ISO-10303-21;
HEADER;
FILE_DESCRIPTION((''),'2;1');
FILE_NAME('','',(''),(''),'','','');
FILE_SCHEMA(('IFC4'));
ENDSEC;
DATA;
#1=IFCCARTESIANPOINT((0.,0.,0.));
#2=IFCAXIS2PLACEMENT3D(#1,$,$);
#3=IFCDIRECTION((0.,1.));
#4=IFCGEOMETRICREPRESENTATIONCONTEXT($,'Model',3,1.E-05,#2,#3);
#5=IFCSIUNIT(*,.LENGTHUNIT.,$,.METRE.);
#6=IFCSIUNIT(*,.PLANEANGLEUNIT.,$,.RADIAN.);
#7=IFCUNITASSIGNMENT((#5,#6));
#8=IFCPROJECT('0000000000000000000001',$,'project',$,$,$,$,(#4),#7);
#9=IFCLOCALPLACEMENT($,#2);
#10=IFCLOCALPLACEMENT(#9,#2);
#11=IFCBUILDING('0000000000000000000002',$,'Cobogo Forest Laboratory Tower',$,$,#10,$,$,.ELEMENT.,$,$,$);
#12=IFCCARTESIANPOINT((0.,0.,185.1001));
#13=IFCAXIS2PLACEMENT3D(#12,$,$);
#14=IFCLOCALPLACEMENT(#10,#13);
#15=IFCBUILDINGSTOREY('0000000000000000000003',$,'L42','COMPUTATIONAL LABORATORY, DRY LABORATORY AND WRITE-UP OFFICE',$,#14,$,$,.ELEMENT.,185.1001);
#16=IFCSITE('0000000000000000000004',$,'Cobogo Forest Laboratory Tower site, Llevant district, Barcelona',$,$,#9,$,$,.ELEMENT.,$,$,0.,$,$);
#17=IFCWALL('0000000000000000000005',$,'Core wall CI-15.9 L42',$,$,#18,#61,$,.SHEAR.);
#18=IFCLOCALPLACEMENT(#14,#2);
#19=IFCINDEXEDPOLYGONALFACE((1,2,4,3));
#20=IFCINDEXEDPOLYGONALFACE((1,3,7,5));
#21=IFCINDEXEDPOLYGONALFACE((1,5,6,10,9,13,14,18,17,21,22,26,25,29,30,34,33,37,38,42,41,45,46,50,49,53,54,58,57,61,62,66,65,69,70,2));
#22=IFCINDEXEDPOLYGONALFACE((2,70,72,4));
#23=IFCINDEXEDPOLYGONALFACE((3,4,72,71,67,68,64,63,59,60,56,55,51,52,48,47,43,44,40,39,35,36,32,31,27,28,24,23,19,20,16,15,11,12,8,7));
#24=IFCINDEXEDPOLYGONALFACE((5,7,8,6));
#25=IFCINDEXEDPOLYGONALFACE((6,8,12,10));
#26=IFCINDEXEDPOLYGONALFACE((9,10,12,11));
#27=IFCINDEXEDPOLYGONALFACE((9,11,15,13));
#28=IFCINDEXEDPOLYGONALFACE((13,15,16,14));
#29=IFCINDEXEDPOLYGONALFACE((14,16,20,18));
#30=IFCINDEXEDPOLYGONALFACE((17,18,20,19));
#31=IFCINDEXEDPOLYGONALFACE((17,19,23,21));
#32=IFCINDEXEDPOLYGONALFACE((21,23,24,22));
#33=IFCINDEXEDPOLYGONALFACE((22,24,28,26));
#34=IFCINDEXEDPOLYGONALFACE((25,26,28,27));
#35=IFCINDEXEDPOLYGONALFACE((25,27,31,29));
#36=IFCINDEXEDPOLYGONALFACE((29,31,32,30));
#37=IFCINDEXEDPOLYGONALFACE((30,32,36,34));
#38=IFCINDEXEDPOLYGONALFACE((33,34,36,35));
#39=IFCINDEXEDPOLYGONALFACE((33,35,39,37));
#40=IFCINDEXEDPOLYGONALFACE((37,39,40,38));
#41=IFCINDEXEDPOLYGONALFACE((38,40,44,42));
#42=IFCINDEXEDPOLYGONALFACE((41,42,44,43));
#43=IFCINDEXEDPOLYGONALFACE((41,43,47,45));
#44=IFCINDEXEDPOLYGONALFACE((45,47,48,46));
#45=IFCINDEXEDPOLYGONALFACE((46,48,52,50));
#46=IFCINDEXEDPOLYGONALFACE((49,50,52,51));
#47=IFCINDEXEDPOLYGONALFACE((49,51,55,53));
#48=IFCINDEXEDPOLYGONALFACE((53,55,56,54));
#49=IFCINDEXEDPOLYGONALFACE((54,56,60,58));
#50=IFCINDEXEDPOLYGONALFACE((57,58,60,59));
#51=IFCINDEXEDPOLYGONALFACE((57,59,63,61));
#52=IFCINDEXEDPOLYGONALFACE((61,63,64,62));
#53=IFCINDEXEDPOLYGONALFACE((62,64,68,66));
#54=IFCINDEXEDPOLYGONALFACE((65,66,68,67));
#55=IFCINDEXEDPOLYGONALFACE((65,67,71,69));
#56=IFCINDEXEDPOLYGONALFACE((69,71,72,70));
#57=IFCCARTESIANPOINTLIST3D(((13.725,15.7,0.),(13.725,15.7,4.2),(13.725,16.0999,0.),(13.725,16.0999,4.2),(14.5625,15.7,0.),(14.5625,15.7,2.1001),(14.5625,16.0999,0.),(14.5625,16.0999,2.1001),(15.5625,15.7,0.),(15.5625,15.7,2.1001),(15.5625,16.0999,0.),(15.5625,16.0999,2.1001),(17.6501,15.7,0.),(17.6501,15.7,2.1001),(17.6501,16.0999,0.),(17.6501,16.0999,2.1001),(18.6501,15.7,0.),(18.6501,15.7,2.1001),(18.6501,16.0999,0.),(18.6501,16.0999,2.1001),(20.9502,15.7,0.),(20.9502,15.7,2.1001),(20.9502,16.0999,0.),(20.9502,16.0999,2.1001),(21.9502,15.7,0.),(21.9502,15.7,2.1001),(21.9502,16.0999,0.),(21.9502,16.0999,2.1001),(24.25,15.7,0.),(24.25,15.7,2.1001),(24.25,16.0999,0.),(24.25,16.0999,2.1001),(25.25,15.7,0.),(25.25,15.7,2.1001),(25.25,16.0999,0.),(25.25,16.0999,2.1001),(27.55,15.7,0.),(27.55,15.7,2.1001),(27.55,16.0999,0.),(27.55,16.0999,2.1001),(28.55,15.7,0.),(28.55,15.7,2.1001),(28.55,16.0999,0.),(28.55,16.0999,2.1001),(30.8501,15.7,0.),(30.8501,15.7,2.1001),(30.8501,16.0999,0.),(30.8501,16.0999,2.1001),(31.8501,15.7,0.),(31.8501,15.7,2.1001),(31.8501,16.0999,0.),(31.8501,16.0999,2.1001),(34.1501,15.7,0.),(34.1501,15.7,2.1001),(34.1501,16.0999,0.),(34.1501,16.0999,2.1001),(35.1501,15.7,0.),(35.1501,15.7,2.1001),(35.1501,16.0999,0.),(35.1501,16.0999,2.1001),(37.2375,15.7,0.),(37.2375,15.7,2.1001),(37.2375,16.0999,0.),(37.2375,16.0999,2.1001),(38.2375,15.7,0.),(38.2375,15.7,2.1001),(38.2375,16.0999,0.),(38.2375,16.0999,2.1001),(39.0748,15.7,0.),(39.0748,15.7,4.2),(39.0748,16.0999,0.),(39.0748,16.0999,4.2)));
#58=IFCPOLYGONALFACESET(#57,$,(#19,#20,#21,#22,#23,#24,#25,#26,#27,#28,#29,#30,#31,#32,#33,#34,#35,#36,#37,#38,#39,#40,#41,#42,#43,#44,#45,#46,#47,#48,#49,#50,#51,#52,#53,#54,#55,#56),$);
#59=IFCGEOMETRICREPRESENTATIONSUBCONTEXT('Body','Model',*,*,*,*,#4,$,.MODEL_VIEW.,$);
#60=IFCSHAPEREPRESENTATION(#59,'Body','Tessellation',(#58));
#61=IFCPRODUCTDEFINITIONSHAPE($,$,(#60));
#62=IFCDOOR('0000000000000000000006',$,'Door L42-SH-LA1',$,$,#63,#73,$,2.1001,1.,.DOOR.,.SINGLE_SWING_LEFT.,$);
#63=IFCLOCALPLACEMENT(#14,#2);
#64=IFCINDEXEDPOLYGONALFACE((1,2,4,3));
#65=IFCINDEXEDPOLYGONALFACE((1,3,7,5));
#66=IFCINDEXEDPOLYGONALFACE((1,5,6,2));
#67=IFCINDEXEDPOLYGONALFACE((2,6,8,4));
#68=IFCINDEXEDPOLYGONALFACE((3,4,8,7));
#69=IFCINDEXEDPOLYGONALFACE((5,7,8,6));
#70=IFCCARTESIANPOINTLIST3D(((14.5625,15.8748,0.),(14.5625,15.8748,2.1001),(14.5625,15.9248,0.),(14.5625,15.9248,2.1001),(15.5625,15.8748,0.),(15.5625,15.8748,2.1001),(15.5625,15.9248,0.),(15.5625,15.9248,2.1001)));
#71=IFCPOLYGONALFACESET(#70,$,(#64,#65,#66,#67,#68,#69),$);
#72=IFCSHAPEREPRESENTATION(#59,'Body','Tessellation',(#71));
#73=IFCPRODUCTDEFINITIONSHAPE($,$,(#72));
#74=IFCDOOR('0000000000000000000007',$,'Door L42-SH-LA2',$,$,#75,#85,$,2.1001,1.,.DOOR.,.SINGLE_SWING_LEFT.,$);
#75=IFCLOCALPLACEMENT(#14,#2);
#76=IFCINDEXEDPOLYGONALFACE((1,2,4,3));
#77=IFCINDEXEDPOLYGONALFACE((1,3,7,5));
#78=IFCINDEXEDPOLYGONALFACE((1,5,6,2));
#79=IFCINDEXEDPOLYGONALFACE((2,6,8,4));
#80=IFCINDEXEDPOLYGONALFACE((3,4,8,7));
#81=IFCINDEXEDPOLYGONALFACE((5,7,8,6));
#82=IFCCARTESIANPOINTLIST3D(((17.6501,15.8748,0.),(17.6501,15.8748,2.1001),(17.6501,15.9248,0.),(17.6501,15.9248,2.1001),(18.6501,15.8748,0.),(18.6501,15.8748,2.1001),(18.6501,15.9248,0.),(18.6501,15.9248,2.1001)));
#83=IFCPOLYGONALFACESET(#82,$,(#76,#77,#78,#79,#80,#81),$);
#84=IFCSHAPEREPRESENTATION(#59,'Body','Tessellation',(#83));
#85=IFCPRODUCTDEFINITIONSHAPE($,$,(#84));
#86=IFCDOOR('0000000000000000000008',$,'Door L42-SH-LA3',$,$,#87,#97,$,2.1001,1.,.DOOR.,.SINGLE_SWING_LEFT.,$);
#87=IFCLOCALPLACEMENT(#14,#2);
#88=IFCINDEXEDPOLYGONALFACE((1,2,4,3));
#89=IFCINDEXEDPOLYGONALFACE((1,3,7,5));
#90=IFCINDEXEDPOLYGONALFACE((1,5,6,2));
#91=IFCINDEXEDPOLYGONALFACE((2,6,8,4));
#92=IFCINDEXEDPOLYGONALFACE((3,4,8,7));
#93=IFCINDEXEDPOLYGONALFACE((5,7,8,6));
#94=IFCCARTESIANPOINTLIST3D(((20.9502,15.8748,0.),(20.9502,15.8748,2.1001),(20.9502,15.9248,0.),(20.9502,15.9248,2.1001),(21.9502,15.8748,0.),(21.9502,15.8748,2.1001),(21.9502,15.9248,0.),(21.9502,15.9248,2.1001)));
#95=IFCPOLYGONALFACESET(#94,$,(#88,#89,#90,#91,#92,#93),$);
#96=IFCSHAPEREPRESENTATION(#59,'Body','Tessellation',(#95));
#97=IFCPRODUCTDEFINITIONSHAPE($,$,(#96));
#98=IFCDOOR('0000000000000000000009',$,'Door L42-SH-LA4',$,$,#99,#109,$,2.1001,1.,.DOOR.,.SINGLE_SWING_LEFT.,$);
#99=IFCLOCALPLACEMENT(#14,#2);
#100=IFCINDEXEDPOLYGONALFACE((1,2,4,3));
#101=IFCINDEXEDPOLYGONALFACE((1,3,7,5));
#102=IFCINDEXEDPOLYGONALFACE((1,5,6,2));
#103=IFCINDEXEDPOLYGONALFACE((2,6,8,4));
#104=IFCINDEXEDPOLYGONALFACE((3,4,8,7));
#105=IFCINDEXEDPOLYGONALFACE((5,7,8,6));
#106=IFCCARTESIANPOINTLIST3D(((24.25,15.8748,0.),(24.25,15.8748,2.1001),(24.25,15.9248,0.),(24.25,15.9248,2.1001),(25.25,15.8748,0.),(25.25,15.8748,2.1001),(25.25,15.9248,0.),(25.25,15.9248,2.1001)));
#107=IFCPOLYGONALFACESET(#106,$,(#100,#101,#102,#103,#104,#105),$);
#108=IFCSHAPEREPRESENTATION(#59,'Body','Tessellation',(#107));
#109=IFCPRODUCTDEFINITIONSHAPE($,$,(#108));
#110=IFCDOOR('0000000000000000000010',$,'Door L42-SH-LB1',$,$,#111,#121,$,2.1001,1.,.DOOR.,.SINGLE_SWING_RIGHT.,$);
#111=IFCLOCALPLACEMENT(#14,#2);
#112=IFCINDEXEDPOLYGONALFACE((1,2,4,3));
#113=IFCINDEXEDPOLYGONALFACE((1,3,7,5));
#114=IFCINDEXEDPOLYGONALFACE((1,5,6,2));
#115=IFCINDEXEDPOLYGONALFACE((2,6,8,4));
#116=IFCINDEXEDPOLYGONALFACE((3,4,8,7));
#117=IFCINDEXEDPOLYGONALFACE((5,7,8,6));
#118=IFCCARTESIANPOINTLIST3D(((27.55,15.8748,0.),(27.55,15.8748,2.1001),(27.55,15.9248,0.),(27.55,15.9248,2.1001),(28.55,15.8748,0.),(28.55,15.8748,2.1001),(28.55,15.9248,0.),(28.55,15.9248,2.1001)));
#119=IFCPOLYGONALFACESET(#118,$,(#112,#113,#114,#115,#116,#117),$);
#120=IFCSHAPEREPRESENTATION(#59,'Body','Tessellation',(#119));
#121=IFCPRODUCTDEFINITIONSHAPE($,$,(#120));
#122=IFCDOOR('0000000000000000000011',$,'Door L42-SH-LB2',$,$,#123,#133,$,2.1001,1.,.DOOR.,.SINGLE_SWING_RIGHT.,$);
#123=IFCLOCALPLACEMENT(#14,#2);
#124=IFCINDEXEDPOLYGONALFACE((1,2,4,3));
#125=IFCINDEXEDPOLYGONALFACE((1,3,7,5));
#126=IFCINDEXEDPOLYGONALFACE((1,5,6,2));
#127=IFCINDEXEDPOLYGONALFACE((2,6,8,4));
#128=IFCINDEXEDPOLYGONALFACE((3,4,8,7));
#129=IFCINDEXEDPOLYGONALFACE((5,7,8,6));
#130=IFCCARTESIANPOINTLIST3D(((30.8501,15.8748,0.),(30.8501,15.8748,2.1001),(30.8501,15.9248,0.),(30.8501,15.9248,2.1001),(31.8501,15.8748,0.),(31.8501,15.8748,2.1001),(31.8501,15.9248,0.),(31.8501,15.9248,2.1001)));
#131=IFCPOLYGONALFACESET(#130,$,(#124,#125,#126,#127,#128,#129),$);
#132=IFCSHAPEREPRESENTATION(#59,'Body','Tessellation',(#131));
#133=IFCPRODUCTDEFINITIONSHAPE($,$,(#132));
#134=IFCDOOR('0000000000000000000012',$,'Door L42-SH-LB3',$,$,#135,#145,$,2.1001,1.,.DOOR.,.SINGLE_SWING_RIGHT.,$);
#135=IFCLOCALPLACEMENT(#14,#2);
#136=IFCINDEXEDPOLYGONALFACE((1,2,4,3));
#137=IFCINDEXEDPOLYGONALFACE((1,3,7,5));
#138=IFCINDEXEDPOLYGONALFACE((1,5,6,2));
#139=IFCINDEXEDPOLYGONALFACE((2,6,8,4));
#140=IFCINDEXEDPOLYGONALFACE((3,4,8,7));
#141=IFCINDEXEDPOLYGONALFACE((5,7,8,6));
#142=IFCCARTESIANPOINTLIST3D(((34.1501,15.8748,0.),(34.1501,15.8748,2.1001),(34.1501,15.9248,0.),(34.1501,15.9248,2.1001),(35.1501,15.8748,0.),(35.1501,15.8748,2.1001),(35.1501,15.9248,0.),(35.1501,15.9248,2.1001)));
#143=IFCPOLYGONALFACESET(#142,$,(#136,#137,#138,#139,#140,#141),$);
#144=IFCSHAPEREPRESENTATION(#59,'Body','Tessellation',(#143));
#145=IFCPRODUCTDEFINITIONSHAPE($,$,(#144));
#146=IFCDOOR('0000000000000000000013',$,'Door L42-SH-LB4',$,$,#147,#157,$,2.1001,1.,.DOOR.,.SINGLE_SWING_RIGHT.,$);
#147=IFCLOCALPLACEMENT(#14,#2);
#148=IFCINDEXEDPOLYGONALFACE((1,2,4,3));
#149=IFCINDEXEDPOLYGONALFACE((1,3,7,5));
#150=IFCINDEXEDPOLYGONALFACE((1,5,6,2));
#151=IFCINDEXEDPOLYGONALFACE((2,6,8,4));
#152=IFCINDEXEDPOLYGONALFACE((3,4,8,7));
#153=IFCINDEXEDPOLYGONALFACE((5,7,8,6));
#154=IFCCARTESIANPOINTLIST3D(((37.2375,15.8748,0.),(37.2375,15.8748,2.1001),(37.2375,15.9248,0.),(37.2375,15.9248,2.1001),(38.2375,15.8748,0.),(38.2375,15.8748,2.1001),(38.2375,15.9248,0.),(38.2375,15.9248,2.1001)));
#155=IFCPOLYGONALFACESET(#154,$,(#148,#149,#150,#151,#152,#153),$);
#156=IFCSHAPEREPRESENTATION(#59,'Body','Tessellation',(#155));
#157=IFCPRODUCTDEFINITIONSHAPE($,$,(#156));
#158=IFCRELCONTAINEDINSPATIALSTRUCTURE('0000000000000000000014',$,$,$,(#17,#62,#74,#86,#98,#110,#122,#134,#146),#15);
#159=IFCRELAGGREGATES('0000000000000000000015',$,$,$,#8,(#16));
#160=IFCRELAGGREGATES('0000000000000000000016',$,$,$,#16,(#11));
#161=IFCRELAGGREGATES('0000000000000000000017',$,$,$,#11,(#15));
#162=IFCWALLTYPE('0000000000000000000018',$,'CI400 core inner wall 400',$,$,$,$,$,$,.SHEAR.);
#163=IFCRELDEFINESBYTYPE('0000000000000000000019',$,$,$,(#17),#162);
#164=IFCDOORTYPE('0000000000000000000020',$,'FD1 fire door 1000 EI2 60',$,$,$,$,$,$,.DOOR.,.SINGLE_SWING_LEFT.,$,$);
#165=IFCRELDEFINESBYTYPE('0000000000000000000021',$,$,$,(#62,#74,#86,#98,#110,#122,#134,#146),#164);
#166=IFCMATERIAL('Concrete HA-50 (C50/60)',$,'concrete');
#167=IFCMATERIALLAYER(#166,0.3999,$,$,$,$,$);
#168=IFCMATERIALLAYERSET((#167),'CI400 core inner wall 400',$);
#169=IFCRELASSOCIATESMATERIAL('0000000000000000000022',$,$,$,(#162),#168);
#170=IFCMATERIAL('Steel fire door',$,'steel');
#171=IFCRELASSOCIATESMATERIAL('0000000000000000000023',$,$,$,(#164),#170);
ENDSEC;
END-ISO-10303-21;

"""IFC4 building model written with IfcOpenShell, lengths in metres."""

from ifc_helpers import new_model, si_unit, direction, frame, frame_2d, origin, place, context, subcontext, project, spatial, rectangle, extrude, material, layer, layer_set, type_object, element, fill, save


model = new_model("IFC4")

# Units and contexts
model_context = context("Model", 3, precision=1e-05, world=origin(), true_north=direction((0.0, 1.0)))
body_context = subcontext(model_context, "Body", "Model", "MODEL_VIEW")
ifc_project = project(units=[si_unit("LENGTHUNIT", "METRE"), si_unit("PLANEANGLEUNIT", "RADIAN")], contexts=[model_context])

# Site, building, storey
site_placement = place(None, origin())
site = spatial("IfcSite", under=ifc_project, at=site_placement, Name="Cobogo Forest Laboratory Tower site, Llevant district, Barcelona", CompositionType="ELEMENT", RefElevation=0.0)
building_placement = place(site_placement, origin())
building = spatial("IfcBuilding", under=site, at=building_placement, Name="Cobogo Forest Laboratory Tower", CompositionType="ELEMENT")
storey_placement = place(building_placement, frame((0.0, 0.0, 185.1001)))
storey = spatial("IfcBuildingStorey", under=building, at=storey_placement, Name="L42", Description="COMPUTATIONAL LABORATORY, DRY LABORATORY AND WRITE-UP OFFICE", CompositionType="ELEMENT", Elevation=185.1001)

# Wall, openings, doors
ifc_material_1 = material(Name="Concrete HA-50 (C50/60)", Category="concrete")
ifc_layer = layer(ifc_material_1, 0.3999)
ifc_layer_set = layer_set([ifc_layer], Name="CI400 core inner wall 400")
wall_type = type_object("IfcWallType", Name="CI400 core inner wall 400", PredefinedType="SHEAR", material=ifc_layer_set)
wall_1_placement = place(storey_placement, frame((13.7251, 15.8999, 0.0), z_axis=(0.0, 0.0, 1.0), x_axis=(1.0, 0.0, 0.0)))
wall_1 = element("IfcWall", 1, at=wall_1_placement, inside=storey, type_object=wall_type, Name="Core wall CI-15.9 L42", PredefinedType="SHEAR", context=body_context, shape_type="SweptSolid", body=[
    extrude(rectangle(XDim=25.3499, YDim=0.3999, at=frame_2d((12.6748, 0.0))), origin(), (0.0, 0.0, 1.0), 4.2),
])
opening_1_placement = place(wall_1_placement, frame((0.8374, 0.0, 0.0)))
opening_1 = element("IfcOpeningElement", 2, at=opening_1_placement, cuts=wall_1, PredefinedType="OPENING", context=body_context, shape_type="SweptSolid", body=[
    extrude(rectangle(XDim=1.0, YDim=2.1001, at=frame_2d((0.5, 1.05))), frame((0.0, 0.21, 0.0), z_axis=(0.0, -1.0, 0.0), x_axis=(1.0, 0.0, 0.0)), (0.0, 0.0, 1.0), 0.4199),
])
opening_2_placement = place(wall_1_placement, frame((3.925, 0.0, 0.0)))
opening_2 = element("IfcOpeningElement", 3, at=opening_2_placement, cuts=wall_1, PredefinedType="OPENING", context=body_context, shape_type="SweptSolid", body=[
    extrude(rectangle(XDim=1.0, YDim=2.1001, at=frame_2d((0.5, 1.05))), frame((0.0, 0.21, 0.0), z_axis=(0.0, -1.0, 0.0), x_axis=(1.0, 0.0, 0.0)), (0.0, 0.0, 1.0), 0.4199),
])
opening_3_placement = place(wall_1_placement, frame((7.2251, 0.0, 0.0)))
opening_3 = element("IfcOpeningElement", 4, at=opening_3_placement, cuts=wall_1, PredefinedType="OPENING", context=body_context, shape_type="SweptSolid", body=[
    extrude(rectangle(XDim=1.0, YDim=2.1001, at=frame_2d((0.5, 1.05))), frame((0.0, 0.21, 0.0), z_axis=(0.0, -1.0, 0.0), x_axis=(1.0, 0.0, 0.0)), (0.0, 0.0, 1.0), 0.4199),
])
opening_4_placement = place(wall_1_placement, frame((10.5249, 0.0, 0.0)))
opening_4 = element("IfcOpeningElement", 5, at=opening_4_placement, cuts=wall_1, PredefinedType="OPENING", context=body_context, shape_type="SweptSolid", body=[
    extrude(rectangle(XDim=1.0, YDim=2.1001, at=frame_2d((0.5, 1.05))), frame((0.0, 0.21, 0.0), z_axis=(0.0, -1.0, 0.0), x_axis=(1.0, 0.0, 0.0)), (0.0, 0.0, 1.0), 0.4199),
])
opening_5_placement = place(wall_1_placement, frame((13.825, 0.0, 0.0)))
opening_5 = element("IfcOpeningElement", 6, at=opening_5_placement, cuts=wall_1, PredefinedType="OPENING", context=body_context, shape_type="SweptSolid", body=[
    extrude(rectangle(XDim=1.0, YDim=2.1001, at=frame_2d((0.5, 1.05))), frame((0.0, 0.21, 0.0), z_axis=(0.0, -1.0, 0.0), x_axis=(1.0, 0.0, 0.0)), (0.0, 0.0, 1.0), 0.4199),
])
opening_6_placement = place(wall_1_placement, frame((17.125, 0.0, 0.0)))
opening_6 = element("IfcOpeningElement", 7, at=opening_6_placement, cuts=wall_1, PredefinedType="OPENING", context=body_context, shape_type="SweptSolid", body=[
    extrude(rectangle(XDim=1.0, YDim=2.1001, at=frame_2d((0.5, 1.05))), frame((0.0, 0.21, 0.0), z_axis=(0.0, -1.0, 0.0), x_axis=(1.0, 0.0, 0.0)), (0.0, 0.0, 1.0), 0.4199),
])
opening_7_placement = place(wall_1_placement, frame((20.425, 0.0, 0.0)))
opening_7 = element("IfcOpeningElement", 8, at=opening_7_placement, cuts=wall_1, PredefinedType="OPENING", context=body_context, shape_type="SweptSolid", body=[
    extrude(rectangle(XDim=1.0, YDim=2.1001, at=frame_2d((0.5, 1.05))), frame((0.0, 0.21, 0.0), z_axis=(0.0, -1.0, 0.0), x_axis=(1.0, 0.0, 0.0)), (0.0, 0.0, 1.0), 0.4199),
])
opening_8_placement = place(wall_1_placement, frame((23.5125, 0.0, 0.0)))
opening_8 = element("IfcOpeningElement", 9, at=opening_8_placement, cuts=wall_1, PredefinedType="OPENING", context=body_context, shape_type="SweptSolid", body=[
    extrude(rectangle(XDim=1.0, YDim=2.1001, at=frame_2d((0.5, 1.05))), frame((0.0, 0.21, 0.0), z_axis=(0.0, -1.0, 0.0), x_axis=(1.0, 0.0, 0.0)), (0.0, 0.0, 1.0), 0.4199),
])
ifc_material_2 = material(Name="Steel fire door", Category="steel")
door_type_1 = type_object("IfcDoorType", Name="FD1 fire door 1000 EI2 60", OperationType="SINGLE_SWING_LEFT", PredefinedType="DOOR", material=ifc_material_2)
door_1_placement = place(opening_1_placement, origin())
door_1 = element("IfcDoor", 10, at=door_1_placement, inside=storey, type_object=door_type_1, Name="Door L42-SH-LA1", OperationType="SINGLE_SWING_LEFT", OverallHeight=2.1001, OverallWidth=1.0, PredefinedType="DOOR", context=body_context, shape_type="SweptSolid", body=[
    extrude(rectangle(XDim=1.0, YDim=2.1001, at=frame_2d((0.5, 1.05))), frame((0.0, 0.0249, 0.0), z_axis=(0.0, -1.0, 0.0), x_axis=(1.0, 0.0, 0.0)), (0.0, 0.0, 1.0), 0.05),
])
fill(opening_1, door_1)
door_2_placement = place(opening_2_placement, origin())
door_2 = element("IfcDoor", 11, at=door_2_placement, inside=storey, type_object=door_type_1, Name="Door L42-SH-LA2", OperationType="SINGLE_SWING_LEFT", OverallHeight=2.1001, OverallWidth=1.0, PredefinedType="DOOR", context=body_context, shape_type="SweptSolid", body=[
    extrude(rectangle(XDim=1.0, YDim=2.1001, at=frame_2d((0.5, 1.05))), frame((0.0, 0.0249, 0.0), z_axis=(0.0, -1.0, 0.0), x_axis=(1.0, 0.0, 0.0)), (0.0, 0.0, 1.0), 0.05),
])
fill(opening_2, door_2)
door_3_placement = place(opening_3_placement, origin())
door_3 = element("IfcDoor", 12, at=door_3_placement, inside=storey, type_object=door_type_1, Name="Door L42-SH-LA3", OperationType="SINGLE_SWING_LEFT", OverallHeight=2.1001, OverallWidth=1.0, PredefinedType="DOOR", context=body_context, shape_type="SweptSolid", body=[
    extrude(rectangle(XDim=1.0, YDim=2.1001, at=frame_2d((0.5, 1.05))), frame((0.0, 0.0249, 0.0), z_axis=(0.0, -1.0, 0.0), x_axis=(1.0, 0.0, 0.0)), (0.0, 0.0, 1.0), 0.05),
])
fill(opening_3, door_3)
door_4_placement = place(opening_4_placement, origin())
door_4 = element("IfcDoor", 13, at=door_4_placement, inside=storey, type_object=door_type_1, Name="Door L42-SH-LA4", OperationType="SINGLE_SWING_LEFT", OverallHeight=2.1001, OverallWidth=1.0, PredefinedType="DOOR", context=body_context, shape_type="SweptSolid", body=[
    extrude(rectangle(XDim=1.0, YDim=2.1001, at=frame_2d((0.5, 1.05))), frame((0.0, 0.0249, 0.0), z_axis=(0.0, -1.0, 0.0), x_axis=(1.0, 0.0, 0.0)), (0.0, 0.0, 1.0), 0.05),
])
fill(opening_4, door_4)
door_5_placement = place(opening_5_placement, origin())
door_5 = element("IfcDoor", 14, at=door_5_placement, inside=storey, type_object=door_type_1, Name="Door L42-SH-LB1", OperationType="SINGLE_SWING_RIGHT", OverallHeight=2.1001, OverallWidth=1.0, PredefinedType="DOOR", context=body_context, shape_type="SweptSolid", body=[
    extrude(rectangle(XDim=1.0, YDim=2.1001, at=frame_2d((0.5, 1.05))), frame((0.0, 0.0249, 0.0), z_axis=(0.0, -1.0, 0.0), x_axis=(1.0, 0.0, 0.0)), (0.0, 0.0, 1.0), 0.05),
])
fill(opening_5, door_5)
door_6_placement = place(opening_6_placement, origin())
door_6 = element("IfcDoor", 15, at=door_6_placement, inside=storey, type_object=door_type_1, Name="Door L42-SH-LB2", OperationType="SINGLE_SWING_RIGHT", OverallHeight=2.1001, OverallWidth=1.0, PredefinedType="DOOR", context=body_context, shape_type="SweptSolid", body=[
    extrude(rectangle(XDim=1.0, YDim=2.1001, at=frame_2d((0.5, 1.05))), frame((0.0, 0.0249, 0.0), z_axis=(0.0, -1.0, 0.0), x_axis=(1.0, 0.0, 0.0)), (0.0, 0.0, 1.0), 0.05),
])
fill(opening_6, door_6)
door_7_placement = place(opening_7_placement, origin())
door_7 = element("IfcDoor", 16, at=door_7_placement, inside=storey, type_object=door_type_1, Name="Door L42-SH-LB3", OperationType="SINGLE_SWING_RIGHT", OverallHeight=2.1001, OverallWidth=1.0, PredefinedType="DOOR", context=body_context, shape_type="SweptSolid", body=[
    extrude(rectangle(XDim=1.0, YDim=2.1001, at=frame_2d((0.5, 1.05))), frame((0.0, 0.0249, 0.0), z_axis=(0.0, -1.0, 0.0), x_axis=(1.0, 0.0, 0.0)), (0.0, 0.0, 1.0), 0.05),
])
fill(opening_7, door_7)
door_8_placement = place(opening_8_placement, origin())
door_8 = element("IfcDoor", 17, at=door_8_placement, inside=storey, type_object=door_type_1, Name="Door L42-SH-LB4", OperationType="SINGLE_SWING_RIGHT", OverallHeight=2.1001, OverallWidth=1.0, PredefinedType="DOOR", context=body_context, shape_type="SweptSolid", body=[
    extrude(rectangle(XDim=1.0, YDim=2.1001, at=frame_2d((0.5, 1.05))), frame((0.0, 0.0249, 0.0), z_axis=(0.0, -1.0, 0.0), x_axis=(1.0, 0.0, 0.0)), (0.0, 0.0, 1.0), 0.05),
])
fill(opening_8, door_8)

save(model, "model.ifc")
